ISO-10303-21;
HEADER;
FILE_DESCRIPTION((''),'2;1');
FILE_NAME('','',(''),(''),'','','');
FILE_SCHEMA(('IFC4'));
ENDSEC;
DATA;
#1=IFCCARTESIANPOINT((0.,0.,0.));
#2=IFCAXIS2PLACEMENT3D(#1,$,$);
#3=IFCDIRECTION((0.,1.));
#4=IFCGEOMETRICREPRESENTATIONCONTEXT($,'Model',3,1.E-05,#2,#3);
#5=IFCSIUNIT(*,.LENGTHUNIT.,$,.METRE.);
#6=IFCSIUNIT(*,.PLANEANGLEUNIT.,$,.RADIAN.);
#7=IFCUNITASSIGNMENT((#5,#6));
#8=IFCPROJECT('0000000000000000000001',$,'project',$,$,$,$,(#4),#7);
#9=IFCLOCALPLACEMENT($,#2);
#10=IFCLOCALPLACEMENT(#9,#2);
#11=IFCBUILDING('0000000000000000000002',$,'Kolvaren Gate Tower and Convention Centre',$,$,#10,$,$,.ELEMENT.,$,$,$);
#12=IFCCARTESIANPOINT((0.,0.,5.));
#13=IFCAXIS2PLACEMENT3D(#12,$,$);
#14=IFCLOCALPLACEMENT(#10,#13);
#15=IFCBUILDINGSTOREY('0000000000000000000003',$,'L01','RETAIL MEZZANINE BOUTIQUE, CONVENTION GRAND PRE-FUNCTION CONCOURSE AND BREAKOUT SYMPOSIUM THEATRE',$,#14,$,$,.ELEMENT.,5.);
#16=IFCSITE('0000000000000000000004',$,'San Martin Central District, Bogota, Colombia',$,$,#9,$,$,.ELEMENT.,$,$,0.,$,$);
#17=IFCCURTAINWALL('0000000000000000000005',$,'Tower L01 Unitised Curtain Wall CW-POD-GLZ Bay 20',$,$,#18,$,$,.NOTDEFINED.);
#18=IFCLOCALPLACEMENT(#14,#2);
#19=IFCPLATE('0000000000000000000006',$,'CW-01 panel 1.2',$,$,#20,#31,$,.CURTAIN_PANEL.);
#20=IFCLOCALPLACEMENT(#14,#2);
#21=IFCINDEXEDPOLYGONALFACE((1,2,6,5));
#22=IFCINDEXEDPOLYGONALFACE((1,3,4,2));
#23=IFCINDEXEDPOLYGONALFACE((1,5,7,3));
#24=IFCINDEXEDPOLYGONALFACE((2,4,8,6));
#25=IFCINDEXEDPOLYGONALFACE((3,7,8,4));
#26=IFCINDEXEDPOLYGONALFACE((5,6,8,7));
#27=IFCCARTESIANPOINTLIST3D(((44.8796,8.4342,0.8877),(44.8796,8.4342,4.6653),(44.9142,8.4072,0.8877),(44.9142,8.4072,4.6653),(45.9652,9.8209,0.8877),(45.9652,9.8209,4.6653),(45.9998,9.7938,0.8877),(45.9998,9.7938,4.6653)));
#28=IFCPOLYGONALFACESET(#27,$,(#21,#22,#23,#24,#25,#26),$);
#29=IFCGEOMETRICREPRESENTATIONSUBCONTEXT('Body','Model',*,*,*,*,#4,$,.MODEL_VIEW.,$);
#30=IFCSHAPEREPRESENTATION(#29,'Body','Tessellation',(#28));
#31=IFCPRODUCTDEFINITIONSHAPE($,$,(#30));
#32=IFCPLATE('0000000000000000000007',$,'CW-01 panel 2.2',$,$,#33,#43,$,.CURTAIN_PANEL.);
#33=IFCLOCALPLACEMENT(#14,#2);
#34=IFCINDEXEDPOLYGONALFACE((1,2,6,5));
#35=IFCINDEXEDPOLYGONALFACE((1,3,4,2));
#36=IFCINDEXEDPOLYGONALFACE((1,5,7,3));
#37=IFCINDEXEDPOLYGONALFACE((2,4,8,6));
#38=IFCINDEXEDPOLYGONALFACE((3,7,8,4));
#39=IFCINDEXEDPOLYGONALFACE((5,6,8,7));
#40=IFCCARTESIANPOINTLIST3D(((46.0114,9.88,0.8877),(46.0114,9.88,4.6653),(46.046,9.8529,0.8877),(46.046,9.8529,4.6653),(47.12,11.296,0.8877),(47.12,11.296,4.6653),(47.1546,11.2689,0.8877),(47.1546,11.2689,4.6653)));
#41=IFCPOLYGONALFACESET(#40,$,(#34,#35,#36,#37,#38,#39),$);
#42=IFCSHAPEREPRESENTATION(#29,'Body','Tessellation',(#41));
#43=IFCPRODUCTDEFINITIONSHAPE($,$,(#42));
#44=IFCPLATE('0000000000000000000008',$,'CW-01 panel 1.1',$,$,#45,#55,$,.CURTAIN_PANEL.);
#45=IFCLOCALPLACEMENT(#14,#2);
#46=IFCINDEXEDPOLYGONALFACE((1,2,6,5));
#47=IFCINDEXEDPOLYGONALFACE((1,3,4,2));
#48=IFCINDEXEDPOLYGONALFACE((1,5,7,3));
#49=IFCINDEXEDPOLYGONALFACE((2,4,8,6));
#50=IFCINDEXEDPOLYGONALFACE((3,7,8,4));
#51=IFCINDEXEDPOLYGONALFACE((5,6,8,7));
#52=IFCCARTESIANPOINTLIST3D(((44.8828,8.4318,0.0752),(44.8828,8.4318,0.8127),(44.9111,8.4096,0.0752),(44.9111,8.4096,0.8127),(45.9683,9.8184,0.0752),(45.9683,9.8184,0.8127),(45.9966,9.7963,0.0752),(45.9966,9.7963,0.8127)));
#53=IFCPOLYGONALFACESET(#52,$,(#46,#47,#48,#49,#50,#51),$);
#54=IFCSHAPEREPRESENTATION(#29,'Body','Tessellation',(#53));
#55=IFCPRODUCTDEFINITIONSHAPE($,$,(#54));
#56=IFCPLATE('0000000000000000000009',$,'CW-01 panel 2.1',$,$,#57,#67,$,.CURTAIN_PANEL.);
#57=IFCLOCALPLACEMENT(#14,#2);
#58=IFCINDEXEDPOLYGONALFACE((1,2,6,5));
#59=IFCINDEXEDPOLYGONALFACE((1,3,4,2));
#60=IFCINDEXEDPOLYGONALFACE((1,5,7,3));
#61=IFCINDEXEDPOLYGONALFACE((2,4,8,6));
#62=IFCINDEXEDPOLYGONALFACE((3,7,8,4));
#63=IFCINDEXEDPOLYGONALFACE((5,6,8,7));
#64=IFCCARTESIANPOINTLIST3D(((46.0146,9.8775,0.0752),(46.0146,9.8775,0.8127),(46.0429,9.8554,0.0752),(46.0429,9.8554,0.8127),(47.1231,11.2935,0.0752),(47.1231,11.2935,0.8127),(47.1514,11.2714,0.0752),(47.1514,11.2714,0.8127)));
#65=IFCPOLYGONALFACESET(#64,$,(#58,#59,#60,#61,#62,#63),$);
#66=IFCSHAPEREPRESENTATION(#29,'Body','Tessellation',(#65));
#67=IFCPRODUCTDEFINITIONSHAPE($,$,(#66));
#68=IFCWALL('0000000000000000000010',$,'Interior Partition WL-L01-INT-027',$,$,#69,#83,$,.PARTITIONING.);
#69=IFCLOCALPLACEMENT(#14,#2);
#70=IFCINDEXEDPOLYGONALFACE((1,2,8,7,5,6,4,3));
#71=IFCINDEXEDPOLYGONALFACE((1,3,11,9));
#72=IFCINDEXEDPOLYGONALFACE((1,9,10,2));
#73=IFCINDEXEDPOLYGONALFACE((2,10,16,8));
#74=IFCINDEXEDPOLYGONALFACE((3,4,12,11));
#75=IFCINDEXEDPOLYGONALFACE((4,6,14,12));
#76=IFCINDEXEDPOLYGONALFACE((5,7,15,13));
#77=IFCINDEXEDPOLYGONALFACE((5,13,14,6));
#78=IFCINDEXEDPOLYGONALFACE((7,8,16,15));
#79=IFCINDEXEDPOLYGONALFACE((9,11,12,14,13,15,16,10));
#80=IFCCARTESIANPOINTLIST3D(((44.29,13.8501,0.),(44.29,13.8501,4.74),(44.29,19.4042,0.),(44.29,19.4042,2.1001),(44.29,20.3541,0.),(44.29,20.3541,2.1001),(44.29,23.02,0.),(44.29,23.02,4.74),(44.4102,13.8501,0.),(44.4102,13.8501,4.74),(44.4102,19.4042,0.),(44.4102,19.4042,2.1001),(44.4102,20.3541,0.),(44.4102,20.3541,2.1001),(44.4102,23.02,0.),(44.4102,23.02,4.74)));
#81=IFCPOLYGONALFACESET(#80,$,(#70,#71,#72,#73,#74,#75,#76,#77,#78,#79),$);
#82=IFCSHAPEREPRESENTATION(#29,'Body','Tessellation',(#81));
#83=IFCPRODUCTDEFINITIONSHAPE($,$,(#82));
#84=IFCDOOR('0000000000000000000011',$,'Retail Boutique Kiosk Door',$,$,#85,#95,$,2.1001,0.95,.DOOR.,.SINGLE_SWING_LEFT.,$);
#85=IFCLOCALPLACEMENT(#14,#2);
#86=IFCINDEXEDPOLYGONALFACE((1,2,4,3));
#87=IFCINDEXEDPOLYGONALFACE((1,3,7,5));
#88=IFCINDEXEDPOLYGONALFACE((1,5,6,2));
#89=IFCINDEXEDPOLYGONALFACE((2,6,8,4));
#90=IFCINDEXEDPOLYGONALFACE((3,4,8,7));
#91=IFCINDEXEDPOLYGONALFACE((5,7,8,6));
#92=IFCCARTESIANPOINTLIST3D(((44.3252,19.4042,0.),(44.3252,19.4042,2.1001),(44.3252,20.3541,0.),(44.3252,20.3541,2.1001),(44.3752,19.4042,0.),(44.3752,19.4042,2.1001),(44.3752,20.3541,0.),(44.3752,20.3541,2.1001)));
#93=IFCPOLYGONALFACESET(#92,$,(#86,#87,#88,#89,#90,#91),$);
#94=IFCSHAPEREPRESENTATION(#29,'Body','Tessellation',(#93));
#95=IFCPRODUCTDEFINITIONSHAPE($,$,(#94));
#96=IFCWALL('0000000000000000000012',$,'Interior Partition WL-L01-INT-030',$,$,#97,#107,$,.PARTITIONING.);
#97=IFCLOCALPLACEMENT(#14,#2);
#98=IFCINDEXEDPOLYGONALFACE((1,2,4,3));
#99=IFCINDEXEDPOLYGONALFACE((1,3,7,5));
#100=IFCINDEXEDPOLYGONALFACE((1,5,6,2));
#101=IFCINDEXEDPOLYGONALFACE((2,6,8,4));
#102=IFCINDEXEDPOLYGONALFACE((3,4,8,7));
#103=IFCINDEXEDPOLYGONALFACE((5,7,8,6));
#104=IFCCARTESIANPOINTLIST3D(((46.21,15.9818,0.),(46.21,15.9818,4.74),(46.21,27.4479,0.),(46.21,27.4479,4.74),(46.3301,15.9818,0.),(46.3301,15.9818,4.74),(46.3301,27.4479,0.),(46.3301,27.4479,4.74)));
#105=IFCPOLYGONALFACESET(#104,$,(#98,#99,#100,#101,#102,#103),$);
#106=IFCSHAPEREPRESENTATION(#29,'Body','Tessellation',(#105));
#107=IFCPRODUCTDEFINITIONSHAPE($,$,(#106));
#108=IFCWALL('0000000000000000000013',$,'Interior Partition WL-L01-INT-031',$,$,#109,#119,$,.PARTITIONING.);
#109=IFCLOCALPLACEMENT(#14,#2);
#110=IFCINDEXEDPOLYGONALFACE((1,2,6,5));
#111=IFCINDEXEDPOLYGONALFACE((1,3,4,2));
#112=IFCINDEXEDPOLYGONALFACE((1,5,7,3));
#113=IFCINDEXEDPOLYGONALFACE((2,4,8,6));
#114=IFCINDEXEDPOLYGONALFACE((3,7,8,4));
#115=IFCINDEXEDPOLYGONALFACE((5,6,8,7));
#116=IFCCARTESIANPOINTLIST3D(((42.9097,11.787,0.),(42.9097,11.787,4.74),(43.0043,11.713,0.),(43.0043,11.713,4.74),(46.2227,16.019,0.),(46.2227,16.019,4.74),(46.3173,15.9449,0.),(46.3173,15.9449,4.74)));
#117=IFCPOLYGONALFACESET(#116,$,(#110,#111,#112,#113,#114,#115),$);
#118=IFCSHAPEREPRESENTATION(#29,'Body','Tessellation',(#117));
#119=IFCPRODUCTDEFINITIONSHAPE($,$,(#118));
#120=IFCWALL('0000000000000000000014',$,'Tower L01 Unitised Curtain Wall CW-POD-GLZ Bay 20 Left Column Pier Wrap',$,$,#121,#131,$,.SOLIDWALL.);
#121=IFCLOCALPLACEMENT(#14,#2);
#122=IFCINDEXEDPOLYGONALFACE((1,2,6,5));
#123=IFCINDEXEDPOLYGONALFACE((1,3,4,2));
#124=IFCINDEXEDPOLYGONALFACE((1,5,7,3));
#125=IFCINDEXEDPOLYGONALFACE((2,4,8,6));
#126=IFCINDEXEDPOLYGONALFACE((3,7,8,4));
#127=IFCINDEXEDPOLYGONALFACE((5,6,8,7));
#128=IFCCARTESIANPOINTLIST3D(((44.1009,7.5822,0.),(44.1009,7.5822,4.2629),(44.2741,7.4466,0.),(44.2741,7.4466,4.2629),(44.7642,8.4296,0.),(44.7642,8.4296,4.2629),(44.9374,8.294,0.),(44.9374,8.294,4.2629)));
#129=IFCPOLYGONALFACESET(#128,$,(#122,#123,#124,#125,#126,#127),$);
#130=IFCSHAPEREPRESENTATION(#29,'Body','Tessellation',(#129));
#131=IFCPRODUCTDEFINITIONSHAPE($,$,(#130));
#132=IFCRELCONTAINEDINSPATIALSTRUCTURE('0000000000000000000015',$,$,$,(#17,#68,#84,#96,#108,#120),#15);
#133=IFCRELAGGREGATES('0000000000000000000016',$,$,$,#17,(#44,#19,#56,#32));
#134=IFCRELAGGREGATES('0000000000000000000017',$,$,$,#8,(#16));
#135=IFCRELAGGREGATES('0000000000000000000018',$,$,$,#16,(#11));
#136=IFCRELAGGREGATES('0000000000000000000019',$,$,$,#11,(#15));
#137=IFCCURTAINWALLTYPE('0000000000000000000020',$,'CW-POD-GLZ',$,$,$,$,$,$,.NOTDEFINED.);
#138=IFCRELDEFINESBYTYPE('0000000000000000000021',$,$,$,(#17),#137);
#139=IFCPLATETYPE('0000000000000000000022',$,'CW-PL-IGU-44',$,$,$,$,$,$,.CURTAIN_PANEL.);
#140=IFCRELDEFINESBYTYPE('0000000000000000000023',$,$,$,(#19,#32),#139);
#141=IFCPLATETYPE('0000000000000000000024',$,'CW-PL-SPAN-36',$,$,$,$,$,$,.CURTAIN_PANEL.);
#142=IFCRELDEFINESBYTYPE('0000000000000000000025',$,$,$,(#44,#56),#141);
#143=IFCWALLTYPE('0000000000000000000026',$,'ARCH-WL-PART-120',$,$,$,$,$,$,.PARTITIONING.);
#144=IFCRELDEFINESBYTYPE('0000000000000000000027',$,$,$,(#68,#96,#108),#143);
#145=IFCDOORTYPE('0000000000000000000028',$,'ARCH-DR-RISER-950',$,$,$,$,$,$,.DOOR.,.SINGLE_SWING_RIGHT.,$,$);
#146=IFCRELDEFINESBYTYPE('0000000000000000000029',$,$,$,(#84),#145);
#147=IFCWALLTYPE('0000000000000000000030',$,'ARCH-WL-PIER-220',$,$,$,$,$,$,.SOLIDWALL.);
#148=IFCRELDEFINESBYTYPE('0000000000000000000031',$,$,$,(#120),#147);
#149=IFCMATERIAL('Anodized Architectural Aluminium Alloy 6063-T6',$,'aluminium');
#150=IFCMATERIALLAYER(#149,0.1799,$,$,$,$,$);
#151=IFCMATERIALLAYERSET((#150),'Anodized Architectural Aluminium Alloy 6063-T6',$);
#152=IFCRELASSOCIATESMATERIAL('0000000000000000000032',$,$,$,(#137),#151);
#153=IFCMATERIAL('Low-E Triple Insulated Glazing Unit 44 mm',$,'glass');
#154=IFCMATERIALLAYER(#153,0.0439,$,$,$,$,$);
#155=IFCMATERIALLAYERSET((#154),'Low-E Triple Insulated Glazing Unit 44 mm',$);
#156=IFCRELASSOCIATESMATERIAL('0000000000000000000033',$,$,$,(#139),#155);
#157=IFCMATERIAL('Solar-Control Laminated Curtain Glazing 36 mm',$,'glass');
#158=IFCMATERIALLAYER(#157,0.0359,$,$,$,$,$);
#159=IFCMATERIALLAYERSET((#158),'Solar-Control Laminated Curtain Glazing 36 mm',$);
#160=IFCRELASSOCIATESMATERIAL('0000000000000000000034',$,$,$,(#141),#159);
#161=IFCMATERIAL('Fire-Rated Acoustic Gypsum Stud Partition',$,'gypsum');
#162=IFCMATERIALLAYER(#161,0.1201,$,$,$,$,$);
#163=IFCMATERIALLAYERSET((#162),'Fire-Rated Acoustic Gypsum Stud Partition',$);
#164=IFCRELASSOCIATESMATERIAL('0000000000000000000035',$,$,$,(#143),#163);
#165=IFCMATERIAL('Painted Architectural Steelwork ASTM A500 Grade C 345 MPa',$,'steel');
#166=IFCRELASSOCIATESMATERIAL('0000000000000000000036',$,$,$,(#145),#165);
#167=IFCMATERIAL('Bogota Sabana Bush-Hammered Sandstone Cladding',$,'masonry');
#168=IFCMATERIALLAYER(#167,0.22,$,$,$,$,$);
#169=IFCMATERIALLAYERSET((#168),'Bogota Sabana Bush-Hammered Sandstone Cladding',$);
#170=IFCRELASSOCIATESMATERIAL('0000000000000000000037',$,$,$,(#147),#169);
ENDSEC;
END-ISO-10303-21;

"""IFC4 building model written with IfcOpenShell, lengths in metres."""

from ifc_helpers import new_model, si_unit, direction, frame, frame_2d, origin, origin_2d, place, context, subcontext, project, spatial, rectangle, extrude, material, layer, layer_set, type_object, element, fill, aggregate, save


model = new_model("IFC4")

# Units and contexts
model_context = context("Model", 3, precision=1e-05, world=origin(), true_north=direction((0.0, 1.0)))
body_context = subcontext(model_context, "Body", "Model", "MODEL_VIEW")
ifc_project = project(units=[si_unit("LENGTHUNIT", "METRE"), si_unit("PLANEANGLEUNIT", "RADIAN")], contexts=[model_context])

# Site, building, storey
site_placement = place(None, origin())
site = spatial("IfcSite", under=ifc_project, at=site_placement, Name="San Martin Central District, Bogota, Colombia", CompositionType="ELEMENT", RefElevation=0.0)
building_placement = place(site_placement, origin())
building = spatial("IfcBuilding", under=site, at=building_placement, Name="Kolvaren Gate Tower and Convention Centre", CompositionType="ELEMENT")
storey_placement = place(building_placement, frame((0.0, 0.0, 5.0)))
storey = spatial("IfcBuildingStorey", under=building, at=storey_placement, Name="L01", Description="RETAIL MEZZANINE BOUTIQUE, CONVENTION GRAND PRE-FUNCTION CONCOURSE AND BREAKOUT SYMPOSIUM THEATRE", CompositionType="ELEMENT", Elevation=5.0)

# Curtain wall
ifc_material_1 = material(Name="Anodized Architectural Aluminium Alloy 6063-T6", Category="aluminium")
ifc_layer_1 = layer(ifc_material_1, 0.1799)
ifc_layer_set_1 = layer_set([ifc_layer_1], Name="Anodized Architectural Aluminium Alloy 6063-T6")
curtain_wall_type = type_object("IfcCurtainWallType", Name="CW-POD-GLZ", PredefinedType="NOTDEFINED", material=ifc_layer_set_1)
curtain_wall_placement = place(storey_placement, origin())
curtain_wall = element("IfcCurtainWall", 1, at=curtain_wall_placement, inside=storey, type_object=curtain_wall_type, Name="Tower L01 Unitised Curtain Wall CW-POD-GLZ Bay 20", PredefinedType="NOTDEFINED")

# Plates
ifc_material_2 = material(Name="Low-E Triple Insulated Glazing Unit 44 mm", Category="glass")
ifc_layer_2 = layer(ifc_material_2, 0.0439)
ifc_layer_set_2 = layer_set([ifc_layer_2], Name="Low-E Triple Insulated Glazing Unit 44 mm")
plate_type_1 = type_object("IfcPlateType", Name="CW-PL-IGU-44", PredefinedType="CURTAIN_PANEL", material=ifc_layer_set_2)
plate_1_placement = place(storey_placement, frame((45.4397, 9.114, 0.8877), z_axis=(0.0, 0.0, 1.0), x_axis=(0.616426, 0.787413, 0.0)))
plate_1 = element("IfcPlate", 2, at=plate_1_placement, type_object=plate_type_1, Name="CW-01 panel 1.2", PredefinedType="CURTAIN_PANEL", context=body_context, shape_type="SweptSolid", body=[
    extrude(rectangle(XDim=1.761, YDim=0.0439, at=origin_2d()), origin(), (0.0, 0.0, 1.0), 3.7776),
])
plate_2_placement = place(storey_placement, frame((46.583, 10.5745, 0.8877), z_axis=(0.0, 0.0, 1.0), x_axis=(0.616426, 0.787413, 0.0)))
plate_2 = element("IfcPlate", 3, at=plate_2_placement, type_object=plate_type_1, Name="CW-01 panel 2.2", PredefinedType="CURTAIN_PANEL", context=body_context, shape_type="SweptSolid", body=[
    extrude(rectangle(XDim=1.7983, YDim=0.0439, at=origin_2d()), origin(), (0.0, 0.0, 1.0), 3.7776),
])
ifc_material_3 = material(Name="Solar-Control Laminated Curtain Glazing 36 mm", Category="glass")
ifc_layer_3 = layer(ifc_material_3, 0.0359)
ifc_layer_set_3 = layer_set([ifc_layer_3], Name="Solar-Control Laminated Curtain Glazing 36 mm")
plate_type_2 = type_object("IfcPlateType", Name="CW-PL-SPAN-36", PredefinedType="CURTAIN_PANEL", material=ifc_layer_set_3)
plate_3_placement = place(storey_placement, frame((45.4397, 9.114, 0.0752), z_axis=(0.0, 0.0, 1.0), x_axis=(0.616426, 0.787413, 0.0)))
plate_3 = element("IfcPlate", 4, at=plate_3_placement, type_object=plate_type_2, Name="CW-01 panel 1.1", PredefinedType="CURTAIN_PANEL", context=body_context, shape_type="SweptSolid", body=[
    extrude(rectangle(XDim=1.761, YDim=0.0359, at=origin_2d()), origin(), (0.0, 0.0, 1.0), 0.7375),
])
plate_4_placement = place(storey_placement, frame((46.583, 10.5745, 0.0752), z_axis=(0.0, 0.0, 1.0), x_axis=(0.616426, 0.787413, 0.0)))
plate_4 = element("IfcPlate", 5, at=plate_4_placement, type_object=plate_type_2, Name="CW-01 panel 2.1", PredefinedType="CURTAIN_PANEL", context=body_context, shape_type="SweptSolid", body=[
    extrude(rectangle(XDim=1.7983, YDim=0.0359, at=origin_2d()), origin(), (0.0, 0.0, 1.0), 0.7375),
])
aggregate(curtain_wall, [plate_3, plate_1, plate_4, plate_2])

# Wall, opening, door
ifc_material_4 = material(Name="Fire-Rated Acoustic Gypsum Stud Partition", Category="gypsum")
ifc_layer_4 = layer(ifc_material_4, 0.1201)
ifc_layer_set_4 = layer_set([ifc_layer_4], Name="Fire-Rated Acoustic Gypsum Stud Partition")
wall_type_1 = type_object("IfcWallType", Name="ARCH-WL-PART-120", PredefinedType="PARTITIONING", material=ifc_layer_set_4)
wall_1_placement = place(storey_placement, frame((44.3501, 13.8501, 0.0), z_axis=(0.0, 0.0, 1.0), x_axis=(0.0, 1.0, 0.0)))
wall_1 = element("IfcWall", 6, at=wall_1_placement, inside=storey, type_object=wall_type_1, Name="Interior Partition WL-L01-INT-027", PredefinedType="PARTITIONING", context=body_context, shape_type="SweptSolid", body=[
    extrude(rectangle(XDim=9.1699, YDim=0.1201, at=frame_2d((4.585, 0.0))), origin(), (0.0, 0.0, 1.0), 4.74),
])
opening_placement = place(wall_1_placement, frame((5.554, 0.0, 0.0)))
opening = element("IfcOpeningElement", 7, at=opening_placement, cuts=wall_1, PredefinedType="OPENING", context=body_context, shape_type="SweptSolid", body=[
    extrude(rectangle(XDim=0.95, YDim=2.1001, at=frame_2d((0.4751, 1.05))), frame((0.0, 0.0701, 0.0), z_axis=(0.0, -1.0, 0.0), x_axis=(1.0, 0.0, 0.0)), (0.0, 0.0, 1.0), 0.1401),
])
ifc_material_5 = material(Name="Painted Architectural Steelwork ASTM A500 Grade C 345 MPa", Category="steel")
door_type = type_object("IfcDoorType", Name="ARCH-DR-RISER-950", OperationType="SINGLE_SWING_RIGHT", PredefinedType="DOOR", material=ifc_material_5)
door_placement = place(opening_placement, origin())
door = element("IfcDoor", 8, at=door_placement, inside=storey, type_object=door_type, Name="Retail Boutique Kiosk Door", OperationType="SINGLE_SWING_LEFT", OverallHeight=2.1001, OverallWidth=0.95, PredefinedType="DOOR", context=body_context, shape_type="SweptSolid", body=[
    extrude(rectangle(XDim=0.95, YDim=2.1001, at=frame_2d((0.4751, 1.05))), frame((0.0, 0.0249, 0.0), z_axis=(0.0, -1.0, 0.0), x_axis=(1.0, 0.0, 0.0)), (0.0, 0.0, 1.0), 0.05),
])
fill(opening, door)

# Walls
wall_2_placement = place(storey_placement, frame((46.27, 15.9819, 0.0), z_axis=(0.0, 0.0, 1.0), x_axis=(0.0, 1.0, 0.0)))
element("IfcWall", 9, at=wall_2_placement, inside=storey, type_object=wall_type_1, Name="Interior Partition WL-L01-INT-030", PredefinedType="PARTITIONING", context=body_context, shape_type="SweptSolid", body=[
    extrude(rectangle(XDim=11.4661, YDim=0.1201, at=frame_2d((5.7329, 0.0))), origin(), (0.0, 0.0, 1.0), 4.74),
])
wall_3_placement = place(storey_placement, frame((42.957, 11.75, 0.0), z_axis=(0.0, 0.0, 1.0), x_axis=(0.616428, 0.787411, 0.0)))
element("IfcWall", 10, at=wall_3_placement, inside=storey, type_object=wall_type_1, Name="Interior Partition WL-L01-INT-031", PredefinedType="PARTITIONING", context=body_context, shape_type="SweptSolid", body=[
    extrude(rectangle(XDim=5.3745, YDim=0.1201, at=frame_2d((2.6873, 0.0))), origin(), (0.0, 0.0, 1.0), 4.74),
])
ifc_material_6 = material(Name="Bogota Sabana Bush-Hammered Sandstone Cladding", Category="masonry")
ifc_layer_5 = layer(ifc_material_6, 0.22)
ifc_layer_set_5 = layer_set([ifc_layer_5], Name="Bogota Sabana Bush-Hammered Sandstone Cladding")
wall_type_2 = type_object("IfcWallType", Name="ARCH-WL-PIER-220", PredefinedType="SOLIDWALL", material=ifc_layer_set_5)
wall_4_placement = place(storey_placement, frame((44.1875, 7.5144, 0.0), z_axis=(0.0, 0.0, 1.0), x_axis=(0.616388, 0.787443, 0.0)))
element("IfcWall", 11, at=wall_4_placement, inside=storey, type_object=wall_type_2, Name="Tower L01 Unitised Curtain Wall CW-POD-GLZ Bay 20 Left Column Pier Wrap", PredefinedType="SOLIDWALL", context=body_context, shape_type="SweptSolid", body=[
    extrude(rectangle(XDim=1.0762, YDim=0.22, at=frame_2d((0.5381, 0.0))), origin(), (0.0, 0.0, 1.0), 4.2629),
])

save(model, "model.ifc")
